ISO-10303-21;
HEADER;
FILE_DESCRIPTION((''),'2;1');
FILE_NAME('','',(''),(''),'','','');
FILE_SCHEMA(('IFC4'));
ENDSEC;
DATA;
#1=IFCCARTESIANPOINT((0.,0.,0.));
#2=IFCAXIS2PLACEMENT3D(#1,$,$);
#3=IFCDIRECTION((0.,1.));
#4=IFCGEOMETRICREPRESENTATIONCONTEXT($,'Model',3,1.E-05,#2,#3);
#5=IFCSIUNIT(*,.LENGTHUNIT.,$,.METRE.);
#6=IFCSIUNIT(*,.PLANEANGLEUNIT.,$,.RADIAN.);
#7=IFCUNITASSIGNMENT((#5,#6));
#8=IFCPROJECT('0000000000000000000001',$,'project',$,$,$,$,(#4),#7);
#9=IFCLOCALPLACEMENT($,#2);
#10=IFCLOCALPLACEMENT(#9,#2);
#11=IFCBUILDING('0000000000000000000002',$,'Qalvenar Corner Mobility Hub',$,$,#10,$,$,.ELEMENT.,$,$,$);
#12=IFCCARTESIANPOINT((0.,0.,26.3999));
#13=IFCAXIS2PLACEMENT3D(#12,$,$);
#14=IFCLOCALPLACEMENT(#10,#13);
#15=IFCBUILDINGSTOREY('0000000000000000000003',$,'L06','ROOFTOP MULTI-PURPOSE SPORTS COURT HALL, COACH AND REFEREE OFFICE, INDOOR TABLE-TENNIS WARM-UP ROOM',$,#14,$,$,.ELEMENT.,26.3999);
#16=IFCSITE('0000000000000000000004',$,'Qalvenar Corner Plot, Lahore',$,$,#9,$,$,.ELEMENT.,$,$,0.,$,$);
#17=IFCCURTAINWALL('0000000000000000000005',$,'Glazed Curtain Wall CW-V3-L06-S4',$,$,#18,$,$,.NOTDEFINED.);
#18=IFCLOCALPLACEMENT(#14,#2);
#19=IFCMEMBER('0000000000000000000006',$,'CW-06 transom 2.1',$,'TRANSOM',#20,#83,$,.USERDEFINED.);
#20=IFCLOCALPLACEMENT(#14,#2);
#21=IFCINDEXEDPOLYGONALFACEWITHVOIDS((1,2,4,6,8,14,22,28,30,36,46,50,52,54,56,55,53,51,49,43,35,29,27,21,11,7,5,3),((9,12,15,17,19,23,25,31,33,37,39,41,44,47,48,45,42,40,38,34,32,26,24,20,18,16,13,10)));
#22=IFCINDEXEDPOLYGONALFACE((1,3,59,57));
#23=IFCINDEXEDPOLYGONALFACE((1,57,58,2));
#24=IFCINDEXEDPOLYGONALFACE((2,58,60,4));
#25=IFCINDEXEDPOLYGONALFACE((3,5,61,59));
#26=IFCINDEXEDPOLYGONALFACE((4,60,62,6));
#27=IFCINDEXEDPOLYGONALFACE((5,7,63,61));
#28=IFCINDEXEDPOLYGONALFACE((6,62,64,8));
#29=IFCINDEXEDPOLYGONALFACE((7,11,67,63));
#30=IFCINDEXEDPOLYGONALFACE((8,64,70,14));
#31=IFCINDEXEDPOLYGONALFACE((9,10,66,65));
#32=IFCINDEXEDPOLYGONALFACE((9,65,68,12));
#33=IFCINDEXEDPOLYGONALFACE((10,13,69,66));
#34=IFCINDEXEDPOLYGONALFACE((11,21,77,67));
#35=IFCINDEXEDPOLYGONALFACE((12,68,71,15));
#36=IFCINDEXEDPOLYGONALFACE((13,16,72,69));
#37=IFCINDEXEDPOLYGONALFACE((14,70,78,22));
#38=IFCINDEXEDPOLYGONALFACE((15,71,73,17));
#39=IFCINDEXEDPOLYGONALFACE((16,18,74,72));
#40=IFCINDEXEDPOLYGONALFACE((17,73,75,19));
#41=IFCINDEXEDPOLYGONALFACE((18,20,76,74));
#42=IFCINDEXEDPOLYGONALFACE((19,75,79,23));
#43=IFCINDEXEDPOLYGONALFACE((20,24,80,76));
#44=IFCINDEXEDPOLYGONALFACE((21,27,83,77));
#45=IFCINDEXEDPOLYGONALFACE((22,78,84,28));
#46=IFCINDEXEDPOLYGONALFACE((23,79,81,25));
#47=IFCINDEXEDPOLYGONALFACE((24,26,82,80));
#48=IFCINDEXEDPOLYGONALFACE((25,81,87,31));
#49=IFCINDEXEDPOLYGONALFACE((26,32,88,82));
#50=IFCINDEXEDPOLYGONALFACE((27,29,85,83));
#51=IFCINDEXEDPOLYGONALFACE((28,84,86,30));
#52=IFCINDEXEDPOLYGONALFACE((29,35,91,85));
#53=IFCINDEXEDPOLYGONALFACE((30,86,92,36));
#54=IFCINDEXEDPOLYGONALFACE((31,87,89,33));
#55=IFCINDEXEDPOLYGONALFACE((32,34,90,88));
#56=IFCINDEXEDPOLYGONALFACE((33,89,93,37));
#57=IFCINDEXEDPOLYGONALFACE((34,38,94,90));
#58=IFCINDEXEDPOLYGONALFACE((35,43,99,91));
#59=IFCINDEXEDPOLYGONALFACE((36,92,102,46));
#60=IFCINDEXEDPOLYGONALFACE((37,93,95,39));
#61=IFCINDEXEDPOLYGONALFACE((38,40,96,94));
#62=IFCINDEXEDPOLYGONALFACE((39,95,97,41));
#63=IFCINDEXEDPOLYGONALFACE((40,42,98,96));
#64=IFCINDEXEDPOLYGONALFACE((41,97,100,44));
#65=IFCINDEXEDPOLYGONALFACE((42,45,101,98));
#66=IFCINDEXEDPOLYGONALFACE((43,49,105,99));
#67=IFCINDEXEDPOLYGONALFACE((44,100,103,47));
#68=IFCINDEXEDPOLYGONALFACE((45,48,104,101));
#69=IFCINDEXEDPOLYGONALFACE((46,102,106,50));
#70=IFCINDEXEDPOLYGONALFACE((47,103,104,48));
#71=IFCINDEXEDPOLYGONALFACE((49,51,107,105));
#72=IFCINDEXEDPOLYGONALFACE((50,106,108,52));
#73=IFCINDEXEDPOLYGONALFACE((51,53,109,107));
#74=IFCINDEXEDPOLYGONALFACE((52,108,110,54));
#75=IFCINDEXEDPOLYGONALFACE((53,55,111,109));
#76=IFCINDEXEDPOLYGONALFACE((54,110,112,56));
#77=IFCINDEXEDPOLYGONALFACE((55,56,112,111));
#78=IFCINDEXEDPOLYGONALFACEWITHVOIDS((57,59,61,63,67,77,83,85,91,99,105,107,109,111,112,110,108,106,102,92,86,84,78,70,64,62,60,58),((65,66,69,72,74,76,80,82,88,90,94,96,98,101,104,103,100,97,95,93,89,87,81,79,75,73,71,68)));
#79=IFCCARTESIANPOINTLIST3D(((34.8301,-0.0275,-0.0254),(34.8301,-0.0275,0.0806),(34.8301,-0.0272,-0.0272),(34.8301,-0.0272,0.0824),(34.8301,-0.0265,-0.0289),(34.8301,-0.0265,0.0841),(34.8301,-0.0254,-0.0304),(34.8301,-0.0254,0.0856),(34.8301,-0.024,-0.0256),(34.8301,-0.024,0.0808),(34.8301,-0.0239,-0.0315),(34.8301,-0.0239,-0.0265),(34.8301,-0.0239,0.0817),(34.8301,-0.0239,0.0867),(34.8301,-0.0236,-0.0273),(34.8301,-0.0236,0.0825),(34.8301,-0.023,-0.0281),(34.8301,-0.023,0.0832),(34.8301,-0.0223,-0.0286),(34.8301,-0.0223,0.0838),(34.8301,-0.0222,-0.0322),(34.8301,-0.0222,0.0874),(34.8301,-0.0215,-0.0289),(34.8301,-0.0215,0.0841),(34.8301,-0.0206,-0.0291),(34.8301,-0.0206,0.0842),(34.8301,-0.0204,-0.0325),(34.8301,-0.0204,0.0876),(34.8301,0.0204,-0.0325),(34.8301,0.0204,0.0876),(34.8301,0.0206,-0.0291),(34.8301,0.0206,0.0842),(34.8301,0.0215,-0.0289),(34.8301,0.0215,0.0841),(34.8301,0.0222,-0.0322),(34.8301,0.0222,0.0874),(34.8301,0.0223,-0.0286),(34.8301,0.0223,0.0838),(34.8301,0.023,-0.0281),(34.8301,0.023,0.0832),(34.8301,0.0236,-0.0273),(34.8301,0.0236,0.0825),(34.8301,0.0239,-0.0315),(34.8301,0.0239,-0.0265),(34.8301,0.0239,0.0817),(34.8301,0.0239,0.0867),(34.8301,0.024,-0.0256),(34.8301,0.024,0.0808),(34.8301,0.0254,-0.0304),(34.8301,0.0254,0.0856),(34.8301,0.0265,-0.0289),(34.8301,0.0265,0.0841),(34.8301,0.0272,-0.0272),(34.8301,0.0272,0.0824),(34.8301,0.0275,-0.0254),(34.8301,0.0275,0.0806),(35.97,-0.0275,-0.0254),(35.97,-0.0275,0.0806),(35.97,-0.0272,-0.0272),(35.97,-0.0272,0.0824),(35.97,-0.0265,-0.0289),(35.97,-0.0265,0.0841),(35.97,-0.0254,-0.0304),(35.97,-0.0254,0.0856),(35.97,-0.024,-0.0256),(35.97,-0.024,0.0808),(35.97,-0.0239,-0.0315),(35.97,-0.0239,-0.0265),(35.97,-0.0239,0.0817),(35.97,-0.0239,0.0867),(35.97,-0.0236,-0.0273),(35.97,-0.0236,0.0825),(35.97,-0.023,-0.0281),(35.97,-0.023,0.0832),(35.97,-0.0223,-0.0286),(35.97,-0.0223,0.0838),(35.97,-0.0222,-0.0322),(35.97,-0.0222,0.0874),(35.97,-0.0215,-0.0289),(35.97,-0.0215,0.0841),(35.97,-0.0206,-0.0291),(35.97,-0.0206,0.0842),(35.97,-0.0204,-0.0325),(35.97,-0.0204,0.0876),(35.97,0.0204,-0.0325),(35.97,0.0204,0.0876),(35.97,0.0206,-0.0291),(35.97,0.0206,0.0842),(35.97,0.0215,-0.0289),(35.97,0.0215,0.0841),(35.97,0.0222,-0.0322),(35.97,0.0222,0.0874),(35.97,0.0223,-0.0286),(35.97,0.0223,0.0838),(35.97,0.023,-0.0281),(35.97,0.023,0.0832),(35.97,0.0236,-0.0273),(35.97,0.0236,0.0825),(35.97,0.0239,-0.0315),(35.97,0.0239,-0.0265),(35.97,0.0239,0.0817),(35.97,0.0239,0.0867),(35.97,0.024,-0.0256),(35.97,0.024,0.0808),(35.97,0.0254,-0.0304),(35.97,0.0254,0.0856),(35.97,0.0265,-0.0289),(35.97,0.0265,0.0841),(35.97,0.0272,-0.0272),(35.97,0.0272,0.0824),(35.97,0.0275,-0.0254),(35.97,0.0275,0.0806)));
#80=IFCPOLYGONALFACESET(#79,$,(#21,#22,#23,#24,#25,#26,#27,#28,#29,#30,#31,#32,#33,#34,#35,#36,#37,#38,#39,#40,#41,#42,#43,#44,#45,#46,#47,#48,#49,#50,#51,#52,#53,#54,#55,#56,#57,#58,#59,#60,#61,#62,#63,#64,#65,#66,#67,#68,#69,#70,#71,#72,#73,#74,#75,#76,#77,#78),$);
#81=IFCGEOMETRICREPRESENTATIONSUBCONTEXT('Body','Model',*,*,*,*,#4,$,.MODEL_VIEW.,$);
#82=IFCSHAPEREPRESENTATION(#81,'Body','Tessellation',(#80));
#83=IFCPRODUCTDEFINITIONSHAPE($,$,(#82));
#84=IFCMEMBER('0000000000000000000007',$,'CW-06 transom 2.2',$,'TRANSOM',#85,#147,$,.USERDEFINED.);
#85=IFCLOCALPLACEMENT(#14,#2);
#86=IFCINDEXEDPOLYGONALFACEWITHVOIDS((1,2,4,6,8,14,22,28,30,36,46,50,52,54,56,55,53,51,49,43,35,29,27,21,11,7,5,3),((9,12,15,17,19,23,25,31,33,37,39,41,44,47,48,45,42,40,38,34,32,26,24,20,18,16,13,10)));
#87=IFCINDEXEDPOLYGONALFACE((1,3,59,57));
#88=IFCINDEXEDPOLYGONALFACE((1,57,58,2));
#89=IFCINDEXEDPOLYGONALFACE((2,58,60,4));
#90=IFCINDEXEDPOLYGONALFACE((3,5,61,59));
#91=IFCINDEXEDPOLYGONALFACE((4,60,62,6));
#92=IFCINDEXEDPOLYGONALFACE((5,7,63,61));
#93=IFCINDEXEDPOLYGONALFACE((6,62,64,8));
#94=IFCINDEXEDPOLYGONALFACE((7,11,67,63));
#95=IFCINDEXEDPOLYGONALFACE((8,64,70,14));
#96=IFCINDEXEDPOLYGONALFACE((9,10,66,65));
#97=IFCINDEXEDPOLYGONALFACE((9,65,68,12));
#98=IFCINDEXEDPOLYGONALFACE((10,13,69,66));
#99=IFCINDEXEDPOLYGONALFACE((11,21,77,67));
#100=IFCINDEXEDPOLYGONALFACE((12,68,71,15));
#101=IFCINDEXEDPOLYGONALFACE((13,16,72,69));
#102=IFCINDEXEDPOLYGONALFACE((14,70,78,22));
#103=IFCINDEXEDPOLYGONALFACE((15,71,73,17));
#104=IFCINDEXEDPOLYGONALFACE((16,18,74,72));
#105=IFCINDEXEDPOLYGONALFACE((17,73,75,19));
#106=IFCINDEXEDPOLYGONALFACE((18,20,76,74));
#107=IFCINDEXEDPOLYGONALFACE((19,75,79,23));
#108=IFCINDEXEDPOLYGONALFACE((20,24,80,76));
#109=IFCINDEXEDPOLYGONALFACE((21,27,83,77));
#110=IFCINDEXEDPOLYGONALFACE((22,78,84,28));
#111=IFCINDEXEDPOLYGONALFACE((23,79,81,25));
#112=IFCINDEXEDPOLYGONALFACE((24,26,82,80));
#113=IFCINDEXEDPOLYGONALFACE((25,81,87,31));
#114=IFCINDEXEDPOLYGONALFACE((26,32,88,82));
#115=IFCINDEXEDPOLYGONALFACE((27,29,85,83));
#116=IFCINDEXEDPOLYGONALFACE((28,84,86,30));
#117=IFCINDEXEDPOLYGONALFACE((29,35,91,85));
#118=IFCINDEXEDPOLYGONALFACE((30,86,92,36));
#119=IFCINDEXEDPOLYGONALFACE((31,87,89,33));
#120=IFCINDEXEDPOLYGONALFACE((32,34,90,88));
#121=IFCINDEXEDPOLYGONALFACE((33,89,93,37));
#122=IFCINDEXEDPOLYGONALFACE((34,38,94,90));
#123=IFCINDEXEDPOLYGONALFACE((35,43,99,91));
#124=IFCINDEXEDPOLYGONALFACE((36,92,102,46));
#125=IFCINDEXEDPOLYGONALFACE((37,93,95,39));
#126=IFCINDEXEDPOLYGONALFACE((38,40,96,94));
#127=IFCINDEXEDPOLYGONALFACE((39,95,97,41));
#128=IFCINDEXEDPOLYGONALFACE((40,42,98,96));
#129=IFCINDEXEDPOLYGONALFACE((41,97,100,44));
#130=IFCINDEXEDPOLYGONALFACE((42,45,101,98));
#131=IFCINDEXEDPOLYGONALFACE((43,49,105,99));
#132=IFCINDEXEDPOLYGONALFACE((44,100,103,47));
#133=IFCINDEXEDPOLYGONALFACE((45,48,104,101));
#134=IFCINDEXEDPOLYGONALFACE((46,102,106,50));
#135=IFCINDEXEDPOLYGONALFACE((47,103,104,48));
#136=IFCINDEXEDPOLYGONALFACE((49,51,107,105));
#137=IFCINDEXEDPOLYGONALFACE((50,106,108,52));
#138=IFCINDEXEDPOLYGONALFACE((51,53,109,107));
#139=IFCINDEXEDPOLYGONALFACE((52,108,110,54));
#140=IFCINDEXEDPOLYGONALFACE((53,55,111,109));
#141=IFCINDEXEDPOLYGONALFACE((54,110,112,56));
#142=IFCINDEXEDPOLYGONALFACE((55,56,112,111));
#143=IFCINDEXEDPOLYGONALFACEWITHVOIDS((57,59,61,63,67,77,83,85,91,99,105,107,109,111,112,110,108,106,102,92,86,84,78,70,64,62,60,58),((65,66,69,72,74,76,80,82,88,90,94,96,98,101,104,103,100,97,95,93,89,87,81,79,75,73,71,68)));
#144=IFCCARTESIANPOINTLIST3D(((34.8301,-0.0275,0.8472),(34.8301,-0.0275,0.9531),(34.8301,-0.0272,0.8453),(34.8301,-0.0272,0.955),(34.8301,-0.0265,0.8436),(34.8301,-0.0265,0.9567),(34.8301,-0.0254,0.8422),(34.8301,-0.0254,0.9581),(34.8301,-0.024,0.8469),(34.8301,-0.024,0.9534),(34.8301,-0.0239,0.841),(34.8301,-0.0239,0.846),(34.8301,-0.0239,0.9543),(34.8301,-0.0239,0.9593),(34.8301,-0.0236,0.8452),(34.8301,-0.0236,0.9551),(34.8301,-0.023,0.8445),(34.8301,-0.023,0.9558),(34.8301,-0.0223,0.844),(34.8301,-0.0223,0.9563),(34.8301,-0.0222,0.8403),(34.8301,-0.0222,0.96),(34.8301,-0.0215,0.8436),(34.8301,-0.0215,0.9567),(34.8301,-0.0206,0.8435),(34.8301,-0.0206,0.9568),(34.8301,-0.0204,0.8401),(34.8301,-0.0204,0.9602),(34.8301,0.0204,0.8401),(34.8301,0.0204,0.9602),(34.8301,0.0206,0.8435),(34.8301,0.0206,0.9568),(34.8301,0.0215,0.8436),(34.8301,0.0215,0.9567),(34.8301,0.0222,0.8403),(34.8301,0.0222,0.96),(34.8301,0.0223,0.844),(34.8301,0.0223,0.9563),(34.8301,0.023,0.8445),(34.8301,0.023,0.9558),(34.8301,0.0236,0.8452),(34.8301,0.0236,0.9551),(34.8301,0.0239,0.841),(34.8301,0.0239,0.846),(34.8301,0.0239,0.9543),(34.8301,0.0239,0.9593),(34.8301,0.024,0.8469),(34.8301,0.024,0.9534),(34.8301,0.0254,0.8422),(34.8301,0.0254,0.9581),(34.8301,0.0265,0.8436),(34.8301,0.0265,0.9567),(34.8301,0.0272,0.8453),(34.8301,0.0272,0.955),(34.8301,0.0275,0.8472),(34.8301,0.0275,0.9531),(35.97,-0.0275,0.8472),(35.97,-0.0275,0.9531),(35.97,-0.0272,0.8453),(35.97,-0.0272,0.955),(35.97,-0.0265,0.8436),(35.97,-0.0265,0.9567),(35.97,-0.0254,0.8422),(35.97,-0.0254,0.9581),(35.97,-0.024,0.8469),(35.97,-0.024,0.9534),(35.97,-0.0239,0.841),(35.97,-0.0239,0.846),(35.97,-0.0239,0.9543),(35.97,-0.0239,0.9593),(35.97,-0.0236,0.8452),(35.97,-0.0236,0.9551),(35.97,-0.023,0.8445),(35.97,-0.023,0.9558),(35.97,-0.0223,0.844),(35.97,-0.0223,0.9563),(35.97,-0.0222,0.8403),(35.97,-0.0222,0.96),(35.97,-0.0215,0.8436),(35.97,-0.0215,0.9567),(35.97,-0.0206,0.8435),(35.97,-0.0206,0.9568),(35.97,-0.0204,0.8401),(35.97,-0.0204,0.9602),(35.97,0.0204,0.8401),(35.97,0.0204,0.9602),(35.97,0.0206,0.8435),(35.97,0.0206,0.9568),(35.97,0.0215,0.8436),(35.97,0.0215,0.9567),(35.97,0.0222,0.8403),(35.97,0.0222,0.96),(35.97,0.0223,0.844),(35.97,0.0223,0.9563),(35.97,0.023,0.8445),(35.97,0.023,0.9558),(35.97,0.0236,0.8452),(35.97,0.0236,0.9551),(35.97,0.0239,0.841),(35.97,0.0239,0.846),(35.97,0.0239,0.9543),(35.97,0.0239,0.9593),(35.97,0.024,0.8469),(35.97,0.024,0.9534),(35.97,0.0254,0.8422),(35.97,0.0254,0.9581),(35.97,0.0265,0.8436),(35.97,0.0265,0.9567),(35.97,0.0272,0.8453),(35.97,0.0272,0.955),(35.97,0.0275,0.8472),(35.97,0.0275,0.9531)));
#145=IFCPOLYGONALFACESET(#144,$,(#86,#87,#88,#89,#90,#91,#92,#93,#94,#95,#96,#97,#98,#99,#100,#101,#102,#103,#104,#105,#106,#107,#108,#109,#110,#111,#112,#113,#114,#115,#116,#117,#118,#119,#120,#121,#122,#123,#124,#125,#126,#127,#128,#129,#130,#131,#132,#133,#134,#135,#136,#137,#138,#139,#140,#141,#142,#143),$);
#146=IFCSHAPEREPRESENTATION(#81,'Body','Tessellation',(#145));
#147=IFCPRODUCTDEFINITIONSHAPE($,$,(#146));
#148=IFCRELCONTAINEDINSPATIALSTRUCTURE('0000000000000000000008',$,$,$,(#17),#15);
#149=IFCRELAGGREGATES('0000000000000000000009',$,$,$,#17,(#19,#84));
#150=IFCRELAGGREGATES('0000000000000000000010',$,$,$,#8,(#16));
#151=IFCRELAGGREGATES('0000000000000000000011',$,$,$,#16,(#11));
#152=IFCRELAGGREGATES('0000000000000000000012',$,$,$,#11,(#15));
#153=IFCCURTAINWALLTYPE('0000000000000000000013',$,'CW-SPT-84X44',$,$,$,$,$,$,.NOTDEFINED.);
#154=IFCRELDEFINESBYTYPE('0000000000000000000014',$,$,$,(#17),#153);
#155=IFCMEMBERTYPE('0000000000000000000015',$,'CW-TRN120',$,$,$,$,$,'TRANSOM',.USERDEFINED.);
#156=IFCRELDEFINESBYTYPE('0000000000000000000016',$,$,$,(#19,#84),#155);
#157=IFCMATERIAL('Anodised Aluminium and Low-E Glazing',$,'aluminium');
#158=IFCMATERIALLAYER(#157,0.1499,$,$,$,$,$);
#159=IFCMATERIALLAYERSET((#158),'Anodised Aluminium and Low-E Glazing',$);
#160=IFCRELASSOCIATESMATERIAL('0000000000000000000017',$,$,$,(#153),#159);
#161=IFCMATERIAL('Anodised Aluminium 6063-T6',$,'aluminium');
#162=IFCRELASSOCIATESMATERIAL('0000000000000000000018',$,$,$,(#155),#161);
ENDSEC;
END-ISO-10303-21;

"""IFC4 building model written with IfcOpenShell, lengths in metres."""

from ifc_helpers import new_model, si_unit, direction, frame, origin, origin_2d, place, context, subcontext, project, spatial, hollow_rectangle, extrude, material, layer, layer_set, material_profile, profile_set, type_object, element, aggregate, save


model = new_model("IFC4")

# Units and contexts
model_context = context("Model", 3, precision=1e-05, world=origin(), true_north=direction((0.0, 1.0)))
body_context = subcontext(model_context, "Body", "Model", "MODEL_VIEW")
ifc_project = project(units=[si_unit("LENGTHUNIT", "METRE"), si_unit("PLANEANGLEUNIT", "RADIAN")], contexts=[model_context])

# Site, building, storey
site_placement = place(None, origin())
site = spatial("IfcSite", under=ifc_project, at=site_placement, Name="Qalvenar Corner Plot, Lahore", CompositionType="ELEMENT", RefElevation=0.0)
building_placement = place(site_placement, origin())
building = spatial("IfcBuilding", under=site, at=building_placement, Name="Qalvenar Corner Mobility Hub", CompositionType="ELEMENT")
storey_placement = place(building_placement, frame((0.0, 0.0, 26.3999)))
storey = spatial("IfcBuildingStorey", under=building, at=storey_placement, Name="L06", Description="ROOFTOP MULTI-PURPOSE SPORTS COURT HALL, COACH AND REFEREE OFFICE, INDOOR TABLE-TENNIS WARM-UP ROOM", CompositionType="ELEMENT", Elevation=26.3999)

# Curtain wall, members
ifc_material_1 = material(Name="Anodised Aluminium and Low-E Glazing", Category="aluminium")
ifc_layer_1 = layer(ifc_material_1, 0.1499)
ifc_layer_set_1 = layer_set([ifc_layer_1], Name="Anodised Aluminium and Low-E Glazing")
curtain_wall_type = type_object("IfcCurtainWallType", Name="CW-SPT-84X44", PredefinedType="NOTDEFINED", material=ifc_layer_set_1)
curtain_wall_placement = place(storey_placement, origin())
curtain_wall = element("IfcCurtainWall", 1, at=curtain_wall_placement, inside=storey, type_object=curtain_wall_type, Name="Glazed Curtain Wall CW-V3-L06-S4", PredefinedType="NOTDEFINED")
ifc_material_2 = material(Name="Anodised Aluminium 6063-T6", Category="aluminium")
ifc_material_profile_1 = material_profile(ifc_material_2, hollow_rectangle(XDim=0.0549, YDim=0.1201, WallThickness=0.0034, InnerFilletRadius=0.0034, OuterFilletRadius=0.0071, at=origin_2d()), Name="RHS120x55x3.5")
ifc_profile_set_1 = profile_set([ifc_material_profile_1], Name="Anodised Aluminium 6063-T6")
member_type_1 = type_object("IfcMemberType", Name="CW-TRN120", ElementType="TRANSOM", PredefinedType="USERDEFINED", material=ifc_profile_set_1)
member_1_placement = place(storey_placement, frame((34.8301, 0.0, 0.0276), z_axis=(1.0, 0.0, 0.0), x_axis=(0.0, 1.0, 0.0)))
member_1 = element("IfcMember", 2, at=member_1_placement, type_object=member_type_1, Name="CW-06 transom 2.1", ObjectType="TRANSOM", PredefinedType="USERDEFINED", context=body_context, shape_type="SweptSolid", body=[
    extrude(hollow_rectangle(XDim=0.0549, YDim=0.1201, WallThickness=0.0034, InnerFilletRadius=0.0034, OuterFilletRadius=0.0071, at=origin_2d()), origin(), (0.0, 0.0, 1.0), 1.1399),
])
member_2_placement = place(storey_placement, frame((34.8301, 0.0, 0.9001), z_axis=(1.0, 0.0, 0.0), x_axis=(0.0, 1.0, 0.0)))
member_2 = element("IfcMember", 3, at=member_2_placement, type_object=member_type_1, Name="CW-06 transom 2.2", ObjectType="TRANSOM", PredefinedType="USERDEFINED", context=body_context, shape_type="SweptSolid", body=[
    extrude(hollow_rectangle(XDim=0.0549, YDim=0.1201, WallThickness=0.0034, InnerFilletRadius=0.0034, OuterFilletRadius=0.0071, at=origin_2d()), origin(), (0.0, 0.0, 1.0), 1.1399),
])
aggregate(curtain_wall, [member_1, member_2])

save(model, "model.ifc")
